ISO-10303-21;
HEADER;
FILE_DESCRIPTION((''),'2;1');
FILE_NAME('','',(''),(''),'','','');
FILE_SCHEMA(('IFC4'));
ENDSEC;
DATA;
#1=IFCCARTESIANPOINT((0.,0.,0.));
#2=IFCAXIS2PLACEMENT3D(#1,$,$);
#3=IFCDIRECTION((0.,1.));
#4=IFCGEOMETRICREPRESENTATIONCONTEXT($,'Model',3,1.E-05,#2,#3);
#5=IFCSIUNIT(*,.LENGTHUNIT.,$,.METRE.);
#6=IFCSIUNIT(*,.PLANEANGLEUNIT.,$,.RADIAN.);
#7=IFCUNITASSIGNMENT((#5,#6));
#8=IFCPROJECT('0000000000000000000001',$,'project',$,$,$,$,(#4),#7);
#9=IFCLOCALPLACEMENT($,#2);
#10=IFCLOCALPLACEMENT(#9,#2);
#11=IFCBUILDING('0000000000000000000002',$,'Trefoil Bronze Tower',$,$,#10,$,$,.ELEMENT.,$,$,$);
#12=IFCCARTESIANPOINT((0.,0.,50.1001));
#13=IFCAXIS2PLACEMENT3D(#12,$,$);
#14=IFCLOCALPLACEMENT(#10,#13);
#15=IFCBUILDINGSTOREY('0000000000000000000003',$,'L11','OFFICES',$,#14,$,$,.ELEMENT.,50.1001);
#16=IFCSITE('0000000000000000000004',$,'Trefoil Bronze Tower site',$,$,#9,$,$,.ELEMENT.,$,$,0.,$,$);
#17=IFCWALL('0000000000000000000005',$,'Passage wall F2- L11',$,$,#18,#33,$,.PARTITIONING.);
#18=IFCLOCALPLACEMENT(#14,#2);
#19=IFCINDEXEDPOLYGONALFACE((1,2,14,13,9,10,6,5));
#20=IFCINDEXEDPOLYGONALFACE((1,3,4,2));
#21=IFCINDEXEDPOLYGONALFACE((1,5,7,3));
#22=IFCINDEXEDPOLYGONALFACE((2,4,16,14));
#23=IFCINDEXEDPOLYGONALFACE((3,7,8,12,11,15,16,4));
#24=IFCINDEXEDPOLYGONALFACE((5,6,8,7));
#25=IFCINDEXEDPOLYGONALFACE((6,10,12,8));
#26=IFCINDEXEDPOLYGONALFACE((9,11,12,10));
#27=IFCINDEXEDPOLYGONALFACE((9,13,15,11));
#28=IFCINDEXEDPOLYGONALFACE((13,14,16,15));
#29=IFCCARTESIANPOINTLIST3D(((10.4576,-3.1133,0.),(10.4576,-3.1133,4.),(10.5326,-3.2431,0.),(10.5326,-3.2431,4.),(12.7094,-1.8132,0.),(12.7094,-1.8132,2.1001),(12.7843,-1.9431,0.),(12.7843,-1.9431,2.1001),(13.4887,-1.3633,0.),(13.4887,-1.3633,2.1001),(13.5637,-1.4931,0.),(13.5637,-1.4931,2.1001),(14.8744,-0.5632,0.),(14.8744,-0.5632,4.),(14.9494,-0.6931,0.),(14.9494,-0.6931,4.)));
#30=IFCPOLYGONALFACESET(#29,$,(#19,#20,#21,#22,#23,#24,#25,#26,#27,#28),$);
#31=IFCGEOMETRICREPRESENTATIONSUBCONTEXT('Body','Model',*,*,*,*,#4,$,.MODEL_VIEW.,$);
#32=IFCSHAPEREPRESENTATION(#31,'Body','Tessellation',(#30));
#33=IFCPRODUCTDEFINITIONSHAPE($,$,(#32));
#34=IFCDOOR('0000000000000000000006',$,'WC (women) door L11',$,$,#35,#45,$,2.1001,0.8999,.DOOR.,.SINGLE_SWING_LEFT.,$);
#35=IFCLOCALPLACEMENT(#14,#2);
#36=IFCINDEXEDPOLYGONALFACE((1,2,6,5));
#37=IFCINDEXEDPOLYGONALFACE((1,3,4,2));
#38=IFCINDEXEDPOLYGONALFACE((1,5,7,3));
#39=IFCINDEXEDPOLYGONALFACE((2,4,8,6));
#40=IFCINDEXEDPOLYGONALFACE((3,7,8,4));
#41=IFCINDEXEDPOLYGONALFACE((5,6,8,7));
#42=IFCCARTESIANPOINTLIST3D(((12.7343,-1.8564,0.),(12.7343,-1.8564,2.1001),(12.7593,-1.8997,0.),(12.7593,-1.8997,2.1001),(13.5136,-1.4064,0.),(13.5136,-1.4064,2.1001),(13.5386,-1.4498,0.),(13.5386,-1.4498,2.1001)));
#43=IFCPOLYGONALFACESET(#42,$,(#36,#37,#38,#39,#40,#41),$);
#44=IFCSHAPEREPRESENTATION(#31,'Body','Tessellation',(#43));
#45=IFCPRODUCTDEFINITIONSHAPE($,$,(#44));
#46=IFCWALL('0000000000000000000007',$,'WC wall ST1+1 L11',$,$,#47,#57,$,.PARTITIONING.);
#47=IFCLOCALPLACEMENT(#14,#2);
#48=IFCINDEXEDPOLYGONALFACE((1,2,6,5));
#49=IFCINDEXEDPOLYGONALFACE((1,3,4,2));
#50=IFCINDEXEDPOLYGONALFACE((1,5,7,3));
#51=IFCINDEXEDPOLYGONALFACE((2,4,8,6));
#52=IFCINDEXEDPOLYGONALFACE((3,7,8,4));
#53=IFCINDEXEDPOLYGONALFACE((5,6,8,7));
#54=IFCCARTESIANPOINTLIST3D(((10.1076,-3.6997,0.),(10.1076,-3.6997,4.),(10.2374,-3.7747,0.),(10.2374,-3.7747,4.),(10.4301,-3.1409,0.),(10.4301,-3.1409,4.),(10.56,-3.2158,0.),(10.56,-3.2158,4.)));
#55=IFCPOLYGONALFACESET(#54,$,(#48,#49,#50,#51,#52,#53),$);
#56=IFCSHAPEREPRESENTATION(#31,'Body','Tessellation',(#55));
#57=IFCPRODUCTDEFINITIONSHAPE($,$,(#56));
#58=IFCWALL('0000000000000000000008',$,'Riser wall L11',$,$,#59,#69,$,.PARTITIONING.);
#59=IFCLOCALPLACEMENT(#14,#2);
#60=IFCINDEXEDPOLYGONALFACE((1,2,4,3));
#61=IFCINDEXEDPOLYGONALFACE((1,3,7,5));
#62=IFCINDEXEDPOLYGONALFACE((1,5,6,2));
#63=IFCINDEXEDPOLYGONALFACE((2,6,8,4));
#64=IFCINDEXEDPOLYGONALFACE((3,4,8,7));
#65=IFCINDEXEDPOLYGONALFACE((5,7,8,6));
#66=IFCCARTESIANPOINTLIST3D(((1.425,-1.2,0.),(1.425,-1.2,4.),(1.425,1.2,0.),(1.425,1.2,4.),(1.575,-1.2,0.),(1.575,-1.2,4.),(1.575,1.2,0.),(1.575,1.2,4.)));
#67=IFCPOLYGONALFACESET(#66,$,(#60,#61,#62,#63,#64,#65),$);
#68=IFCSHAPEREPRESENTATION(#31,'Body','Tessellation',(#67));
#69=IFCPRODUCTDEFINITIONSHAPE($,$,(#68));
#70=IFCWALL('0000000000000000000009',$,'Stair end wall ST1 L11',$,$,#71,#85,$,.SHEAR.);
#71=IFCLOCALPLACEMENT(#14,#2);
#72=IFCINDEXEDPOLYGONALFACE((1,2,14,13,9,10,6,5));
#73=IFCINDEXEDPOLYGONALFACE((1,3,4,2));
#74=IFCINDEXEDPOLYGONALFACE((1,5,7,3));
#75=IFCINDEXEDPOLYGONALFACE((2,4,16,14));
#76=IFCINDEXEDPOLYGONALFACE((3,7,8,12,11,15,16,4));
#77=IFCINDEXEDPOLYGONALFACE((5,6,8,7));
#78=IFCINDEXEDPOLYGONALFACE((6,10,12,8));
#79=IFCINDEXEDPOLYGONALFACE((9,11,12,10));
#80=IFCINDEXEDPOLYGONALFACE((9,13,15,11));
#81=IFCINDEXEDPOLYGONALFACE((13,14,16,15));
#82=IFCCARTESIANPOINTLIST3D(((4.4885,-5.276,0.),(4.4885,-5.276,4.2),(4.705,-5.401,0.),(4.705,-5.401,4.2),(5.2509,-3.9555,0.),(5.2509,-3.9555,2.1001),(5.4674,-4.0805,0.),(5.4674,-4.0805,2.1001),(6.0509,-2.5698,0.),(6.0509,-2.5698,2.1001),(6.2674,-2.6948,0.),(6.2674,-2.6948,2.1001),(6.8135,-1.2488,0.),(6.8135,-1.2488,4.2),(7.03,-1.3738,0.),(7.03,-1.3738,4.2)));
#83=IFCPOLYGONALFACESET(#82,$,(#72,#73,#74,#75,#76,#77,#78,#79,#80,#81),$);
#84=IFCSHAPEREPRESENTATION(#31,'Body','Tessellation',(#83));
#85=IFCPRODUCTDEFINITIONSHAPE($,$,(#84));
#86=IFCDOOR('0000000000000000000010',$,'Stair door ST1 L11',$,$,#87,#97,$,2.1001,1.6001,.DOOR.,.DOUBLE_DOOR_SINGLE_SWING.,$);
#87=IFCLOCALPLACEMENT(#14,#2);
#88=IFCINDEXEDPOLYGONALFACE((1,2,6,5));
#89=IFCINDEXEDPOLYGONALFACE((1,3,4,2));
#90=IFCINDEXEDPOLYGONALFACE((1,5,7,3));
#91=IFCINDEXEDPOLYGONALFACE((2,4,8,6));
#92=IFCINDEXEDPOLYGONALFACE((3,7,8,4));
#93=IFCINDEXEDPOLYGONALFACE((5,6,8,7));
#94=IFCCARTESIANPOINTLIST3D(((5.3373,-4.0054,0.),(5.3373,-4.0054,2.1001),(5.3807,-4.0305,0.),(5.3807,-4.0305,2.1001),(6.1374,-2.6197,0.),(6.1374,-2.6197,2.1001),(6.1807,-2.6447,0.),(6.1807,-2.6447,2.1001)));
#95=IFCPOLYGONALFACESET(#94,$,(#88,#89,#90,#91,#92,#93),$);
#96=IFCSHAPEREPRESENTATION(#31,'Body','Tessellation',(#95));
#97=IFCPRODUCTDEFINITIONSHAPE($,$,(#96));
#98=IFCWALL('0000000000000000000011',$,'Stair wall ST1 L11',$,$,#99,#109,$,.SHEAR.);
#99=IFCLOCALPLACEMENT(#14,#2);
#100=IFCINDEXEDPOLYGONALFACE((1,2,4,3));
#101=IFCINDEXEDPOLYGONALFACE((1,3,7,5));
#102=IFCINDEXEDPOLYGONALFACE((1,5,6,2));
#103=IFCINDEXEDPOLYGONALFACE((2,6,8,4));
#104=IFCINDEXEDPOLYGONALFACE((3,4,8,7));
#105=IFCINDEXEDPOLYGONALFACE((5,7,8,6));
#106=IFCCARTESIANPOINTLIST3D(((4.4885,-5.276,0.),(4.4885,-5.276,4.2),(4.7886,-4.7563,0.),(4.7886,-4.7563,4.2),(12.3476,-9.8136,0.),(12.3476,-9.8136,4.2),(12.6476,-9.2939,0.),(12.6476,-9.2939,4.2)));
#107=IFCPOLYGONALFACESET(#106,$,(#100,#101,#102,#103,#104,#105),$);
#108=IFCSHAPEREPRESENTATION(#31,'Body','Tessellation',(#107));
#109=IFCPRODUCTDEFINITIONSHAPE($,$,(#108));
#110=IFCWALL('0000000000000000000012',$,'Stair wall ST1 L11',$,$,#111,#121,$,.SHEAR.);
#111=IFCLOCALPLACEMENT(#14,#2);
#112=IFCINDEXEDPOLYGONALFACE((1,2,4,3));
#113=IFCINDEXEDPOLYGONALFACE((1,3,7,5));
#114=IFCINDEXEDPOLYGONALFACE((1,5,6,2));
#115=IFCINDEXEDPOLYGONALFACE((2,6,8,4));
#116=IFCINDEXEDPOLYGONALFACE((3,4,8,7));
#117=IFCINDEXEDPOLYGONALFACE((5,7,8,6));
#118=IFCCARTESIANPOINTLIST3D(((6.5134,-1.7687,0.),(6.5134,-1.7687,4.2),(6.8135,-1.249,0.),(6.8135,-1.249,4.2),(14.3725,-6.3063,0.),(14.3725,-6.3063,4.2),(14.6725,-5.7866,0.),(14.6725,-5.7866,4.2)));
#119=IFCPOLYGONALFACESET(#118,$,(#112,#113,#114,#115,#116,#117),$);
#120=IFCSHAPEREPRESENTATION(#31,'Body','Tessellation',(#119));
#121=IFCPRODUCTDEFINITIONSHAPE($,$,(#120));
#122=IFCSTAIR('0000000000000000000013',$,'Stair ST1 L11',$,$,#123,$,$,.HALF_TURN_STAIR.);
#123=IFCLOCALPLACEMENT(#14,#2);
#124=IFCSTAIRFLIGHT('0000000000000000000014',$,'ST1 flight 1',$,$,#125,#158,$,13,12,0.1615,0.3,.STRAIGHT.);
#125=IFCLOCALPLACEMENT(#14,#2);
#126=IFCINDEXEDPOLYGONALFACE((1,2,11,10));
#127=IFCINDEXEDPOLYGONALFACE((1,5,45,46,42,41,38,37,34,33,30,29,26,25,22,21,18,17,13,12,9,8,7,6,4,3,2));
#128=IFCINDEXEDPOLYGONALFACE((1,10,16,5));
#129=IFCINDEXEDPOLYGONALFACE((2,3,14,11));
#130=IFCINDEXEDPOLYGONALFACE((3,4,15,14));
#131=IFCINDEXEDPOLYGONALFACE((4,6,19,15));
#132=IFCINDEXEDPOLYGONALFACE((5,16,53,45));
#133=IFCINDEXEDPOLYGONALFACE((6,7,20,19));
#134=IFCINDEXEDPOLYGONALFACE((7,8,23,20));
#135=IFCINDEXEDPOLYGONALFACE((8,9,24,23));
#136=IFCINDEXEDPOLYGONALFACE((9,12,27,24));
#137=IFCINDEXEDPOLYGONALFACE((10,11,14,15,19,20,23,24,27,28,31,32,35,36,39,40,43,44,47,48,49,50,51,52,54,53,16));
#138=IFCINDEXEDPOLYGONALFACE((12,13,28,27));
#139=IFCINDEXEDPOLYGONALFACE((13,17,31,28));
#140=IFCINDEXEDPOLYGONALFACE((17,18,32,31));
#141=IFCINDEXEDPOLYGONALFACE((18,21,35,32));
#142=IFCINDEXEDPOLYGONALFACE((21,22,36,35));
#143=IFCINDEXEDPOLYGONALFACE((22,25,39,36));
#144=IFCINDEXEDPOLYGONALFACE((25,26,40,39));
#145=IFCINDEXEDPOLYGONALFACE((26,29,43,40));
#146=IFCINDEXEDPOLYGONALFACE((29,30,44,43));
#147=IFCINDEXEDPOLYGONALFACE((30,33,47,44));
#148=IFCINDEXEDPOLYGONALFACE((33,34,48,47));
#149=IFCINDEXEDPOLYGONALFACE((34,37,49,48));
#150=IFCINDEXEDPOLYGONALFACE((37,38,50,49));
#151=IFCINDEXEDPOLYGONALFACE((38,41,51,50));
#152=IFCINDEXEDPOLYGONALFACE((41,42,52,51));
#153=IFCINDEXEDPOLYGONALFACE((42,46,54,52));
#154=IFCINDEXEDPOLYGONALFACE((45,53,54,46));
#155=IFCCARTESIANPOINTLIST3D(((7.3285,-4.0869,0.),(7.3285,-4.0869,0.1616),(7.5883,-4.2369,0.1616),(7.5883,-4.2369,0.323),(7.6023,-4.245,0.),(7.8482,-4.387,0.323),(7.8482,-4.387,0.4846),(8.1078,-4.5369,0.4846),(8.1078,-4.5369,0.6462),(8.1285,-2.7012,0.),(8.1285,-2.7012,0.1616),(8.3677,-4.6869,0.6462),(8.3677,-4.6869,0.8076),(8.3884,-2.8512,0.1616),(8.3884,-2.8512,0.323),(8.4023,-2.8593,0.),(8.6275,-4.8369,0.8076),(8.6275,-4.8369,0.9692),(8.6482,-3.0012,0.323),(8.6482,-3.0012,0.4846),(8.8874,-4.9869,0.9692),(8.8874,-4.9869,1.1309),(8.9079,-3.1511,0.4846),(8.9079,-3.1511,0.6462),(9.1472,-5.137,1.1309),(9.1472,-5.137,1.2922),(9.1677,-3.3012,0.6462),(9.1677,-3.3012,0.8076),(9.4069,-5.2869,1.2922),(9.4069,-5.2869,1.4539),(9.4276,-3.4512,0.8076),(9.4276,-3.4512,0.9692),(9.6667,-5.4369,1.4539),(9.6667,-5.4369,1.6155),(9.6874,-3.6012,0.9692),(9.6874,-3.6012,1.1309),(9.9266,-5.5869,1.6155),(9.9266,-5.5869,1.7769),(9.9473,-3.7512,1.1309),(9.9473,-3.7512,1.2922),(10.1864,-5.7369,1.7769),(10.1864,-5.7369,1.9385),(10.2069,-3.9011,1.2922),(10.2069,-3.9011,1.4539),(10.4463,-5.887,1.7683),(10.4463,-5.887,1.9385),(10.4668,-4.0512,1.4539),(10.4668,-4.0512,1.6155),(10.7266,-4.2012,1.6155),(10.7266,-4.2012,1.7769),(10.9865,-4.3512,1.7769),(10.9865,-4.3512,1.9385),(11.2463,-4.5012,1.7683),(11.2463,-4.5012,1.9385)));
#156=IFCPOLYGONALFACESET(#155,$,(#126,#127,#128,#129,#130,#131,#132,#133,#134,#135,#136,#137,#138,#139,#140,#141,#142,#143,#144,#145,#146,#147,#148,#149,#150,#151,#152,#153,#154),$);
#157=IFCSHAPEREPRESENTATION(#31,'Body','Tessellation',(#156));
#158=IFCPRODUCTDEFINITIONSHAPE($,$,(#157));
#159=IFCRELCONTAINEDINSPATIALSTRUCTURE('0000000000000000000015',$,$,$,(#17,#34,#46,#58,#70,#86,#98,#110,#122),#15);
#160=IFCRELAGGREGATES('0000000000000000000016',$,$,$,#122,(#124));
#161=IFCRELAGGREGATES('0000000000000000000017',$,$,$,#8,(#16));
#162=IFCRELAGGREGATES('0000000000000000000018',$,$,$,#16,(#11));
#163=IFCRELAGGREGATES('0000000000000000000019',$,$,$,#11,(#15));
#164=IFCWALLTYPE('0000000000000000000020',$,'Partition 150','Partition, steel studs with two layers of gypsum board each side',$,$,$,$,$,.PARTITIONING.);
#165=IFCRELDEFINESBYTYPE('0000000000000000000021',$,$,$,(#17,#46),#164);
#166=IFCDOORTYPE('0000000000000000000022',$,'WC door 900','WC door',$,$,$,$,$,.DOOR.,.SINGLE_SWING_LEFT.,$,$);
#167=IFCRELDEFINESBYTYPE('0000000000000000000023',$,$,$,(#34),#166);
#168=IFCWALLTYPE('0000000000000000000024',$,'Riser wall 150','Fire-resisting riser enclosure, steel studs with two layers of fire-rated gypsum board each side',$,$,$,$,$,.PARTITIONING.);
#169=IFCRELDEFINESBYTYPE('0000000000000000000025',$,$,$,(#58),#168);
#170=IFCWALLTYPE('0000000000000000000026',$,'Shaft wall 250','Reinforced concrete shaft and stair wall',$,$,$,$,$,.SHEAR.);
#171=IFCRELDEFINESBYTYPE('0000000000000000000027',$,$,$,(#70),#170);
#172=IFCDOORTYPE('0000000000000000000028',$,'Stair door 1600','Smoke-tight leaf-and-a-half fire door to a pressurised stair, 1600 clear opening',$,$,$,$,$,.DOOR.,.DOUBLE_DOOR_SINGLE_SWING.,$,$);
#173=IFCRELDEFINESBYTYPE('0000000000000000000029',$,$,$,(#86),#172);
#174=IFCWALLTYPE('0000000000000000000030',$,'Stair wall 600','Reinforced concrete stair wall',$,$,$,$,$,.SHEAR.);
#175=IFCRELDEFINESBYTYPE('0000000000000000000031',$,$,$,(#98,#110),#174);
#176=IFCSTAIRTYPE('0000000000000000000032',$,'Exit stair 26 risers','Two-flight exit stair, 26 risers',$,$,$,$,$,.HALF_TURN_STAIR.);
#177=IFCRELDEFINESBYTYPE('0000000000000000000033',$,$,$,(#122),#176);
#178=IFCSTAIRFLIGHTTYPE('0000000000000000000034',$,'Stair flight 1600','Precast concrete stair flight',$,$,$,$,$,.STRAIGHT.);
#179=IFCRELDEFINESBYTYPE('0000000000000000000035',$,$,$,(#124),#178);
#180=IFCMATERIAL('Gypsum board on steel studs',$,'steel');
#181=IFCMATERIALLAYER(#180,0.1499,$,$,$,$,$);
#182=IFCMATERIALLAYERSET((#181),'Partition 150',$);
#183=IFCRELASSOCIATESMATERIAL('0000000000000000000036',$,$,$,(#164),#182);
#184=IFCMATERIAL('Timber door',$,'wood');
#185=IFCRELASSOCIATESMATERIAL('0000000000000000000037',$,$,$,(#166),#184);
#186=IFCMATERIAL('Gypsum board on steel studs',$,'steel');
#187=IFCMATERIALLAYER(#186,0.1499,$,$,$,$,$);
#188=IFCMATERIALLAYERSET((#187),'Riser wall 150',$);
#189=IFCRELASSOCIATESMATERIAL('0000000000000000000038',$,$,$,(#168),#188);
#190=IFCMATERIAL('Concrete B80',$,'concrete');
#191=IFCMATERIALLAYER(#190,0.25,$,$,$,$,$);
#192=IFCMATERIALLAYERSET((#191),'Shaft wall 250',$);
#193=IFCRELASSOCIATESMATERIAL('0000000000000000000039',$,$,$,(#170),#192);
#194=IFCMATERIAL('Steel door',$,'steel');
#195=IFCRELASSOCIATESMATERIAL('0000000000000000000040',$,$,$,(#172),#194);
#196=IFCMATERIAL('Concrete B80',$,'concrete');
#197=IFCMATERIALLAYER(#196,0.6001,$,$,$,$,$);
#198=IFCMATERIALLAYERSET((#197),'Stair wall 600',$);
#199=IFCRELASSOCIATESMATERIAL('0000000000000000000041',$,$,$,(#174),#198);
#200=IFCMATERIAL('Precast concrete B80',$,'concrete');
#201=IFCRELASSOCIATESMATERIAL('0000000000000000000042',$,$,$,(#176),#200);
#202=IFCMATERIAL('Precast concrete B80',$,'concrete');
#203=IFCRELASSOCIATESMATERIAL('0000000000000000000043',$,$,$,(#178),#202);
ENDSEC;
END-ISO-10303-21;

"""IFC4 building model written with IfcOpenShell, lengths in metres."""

from ifc_helpers import new_model, si_unit, direction, frame, frame_2d, origin, place, context, subcontext, project, spatial, polyline, rectangle, outline, extrude, material, layer, layer_set, type_object, element, fill, aggregate, save


model = new_model("IFC4")

# Units and contexts
model_context = context("Model", 3, precision=1e-05, world=origin(), true_north=direction((0.0, 1.0)))
body_context = subcontext(model_context, "Body", "Model", "MODEL_VIEW")
ifc_project = project(units=[si_unit("LENGTHUNIT", "METRE"), si_unit("PLANEANGLEUNIT", "RADIAN")], contexts=[model_context])

# Site, building, storey
site_placement = place(None, origin())
site = spatial("IfcSite", under=ifc_project, at=site_placement, Name="Trefoil Bronze Tower site", CompositionType="ELEMENT", RefElevation=0.0)
building_placement = place(site_placement, origin())
building = spatial("IfcBuilding", under=site, at=building_placement, Name="Trefoil Bronze Tower", CompositionType="ELEMENT")
storey_placement = place(building_placement, frame((0.0, 0.0, 50.1001)))
storey = spatial("IfcBuildingStorey", under=building, at=storey_placement, Name="L11", Description="OFFICES", CompositionType="ELEMENT", Elevation=50.1001)

# Wall, opening, door
ifc_material_1 = material(Name="Gypsum board on steel studs", Category="steel")
ifc_layer_1 = layer(ifc_material_1, 0.1499)
ifc_layer_set_1 = layer_set([ifc_layer_1], Name="Partition 150")
wall_type_1 = type_object("IfcWallType", Name="Partition 150", Description="Partition, steel studs with two layers of gypsum board each side", PredefinedType="PARTITIONING", material=ifc_layer_set_1)
wall_1_placement = place(storey_placement, frame((10.4951, -3.1782, 0.0), z_axis=(0.0, 0.0, 1.0), x_axis=(0.866022, 0.500006, 0.0)))
wall_1 = element("IfcWall", 1, at=wall_1_placement, inside=storey, type_object=wall_type_1, Name="Passage wall F2- L11", PredefinedType="PARTITIONING", context=body_context, shape_type="SweptSolid", body=[
    extrude(rectangle(XDim=5.1001, YDim=0.1499, at=frame_2d((2.55, 0.0))), origin(), (0.0, 0.0, 1.0), 4.0),
])
opening_1_placement = place(wall_1_placement, frame((2.6001, 0.0, 0.0)))
opening_1 = element("IfcOpeningElement", 2, at=opening_1_placement, cuts=wall_1, PredefinedType="OPENING", context=body_context, shape_type="SweptSolid", body=[
    extrude(rectangle(XDim=0.8999, YDim=2.1001, at=frame_2d((0.45, 1.05))), frame((0.0, 0.085, 0.0), z_axis=(0.0, -1.0, 0.0), x_axis=(1.0, 0.0, 0.0)), (0.0, 0.0, 1.0), 0.1699),
])
ifc_material_2 = material(Name="Timber door", Category="wood")
door_type_1 = type_object("IfcDoorType", Name="WC door 900", Description="WC door", OperationType="SINGLE_SWING_LEFT", PredefinedType="DOOR", material=ifc_material_2)
door_1_placement = place(opening_1_placement, frame((0.8999, 0.0, 0.0), z_axis=(0.0, 0.0, 1.0), x_axis=(-1.0, 0.0, 0.0)))
door_1 = element("IfcDoor", 3, at=door_1_placement, inside=storey, type_object=door_type_1, Name="WC (women) door L11", OperationType="SINGLE_SWING_LEFT", OverallHeight=2.1001, OverallWidth=0.8999, PredefinedType="DOOR", context=body_context, shape_type="SweptSolid", body=[
    extrude(rectangle(XDim=0.8999, YDim=2.1001, at=frame_2d((0.45, 1.05))), frame((0.0, 0.0249, 0.0), z_axis=(0.0, -1.0, 0.0), x_axis=(1.0, 0.0, 0.0)), (0.0, 0.0, 1.0), 0.05),
])
fill(opening_1, door_1)

# Walls
wall_2_placement = place(storey_placement, frame((10.4951, -3.1782, 0.0), z_axis=(0.0, 0.0, 1.0), x_axis=(-0.499843, -0.866116, 0.0)))
element("IfcWall", 4, at=wall_2_placement, inside=storey, type_object=wall_type_1, Name="WC wall ST1+1 L11", PredefinedType="PARTITIONING", context=body_context, shape_type="SweptSolid", body=[
    extrude(rectangle(XDim=0.6453, YDim=0.1499, at=frame_2d((0.3228, 0.0))), origin(), (0.0, 0.0, 1.0), 4.0),
])
ifc_material_3 = material(Name="Gypsum board on steel studs", Category="steel")
ifc_layer_2 = layer(ifc_material_3, 0.1499)
ifc_layer_set_2 = layer_set([ifc_layer_2], Name="Riser wall 150")
wall_type_2 = type_object("IfcWallType", Name="Riser wall 150", Description="Fire-resisting riser enclosure, steel studs with two layers of fire-rated gypsum board each side", PredefinedType="PARTITIONING", material=ifc_layer_set_2)
wall_3_placement = place(storey_placement, frame((1.5, -1.2, 0.0), z_axis=(0.0, 0.0, 1.0), x_axis=(0.0, 1.0, 0.0)))
element("IfcWall", 5, at=wall_3_placement, inside=storey, type_object=wall_type_2, Name="Riser wall L11", PredefinedType="PARTITIONING", context=body_context, shape_type="SweptSolid", body=[
    extrude(rectangle(XDim=2.3999, YDim=0.1499, at=frame_2d((1.2, 0.0))), origin(), (0.0, 0.0, 1.0), 4.0),
])

# Wall, opening, door
ifc_material_4 = material(Name="Concrete B80", Category="concrete")
ifc_layer_3 = layer(ifc_material_4, 0.25)
ifc_layer_set_3 = layer_set([ifc_layer_3], Name="Shaft wall 250")
wall_type_3 = type_object("IfcWallType", Name="Shaft wall 250", Description="Reinforced concrete shaft and stair wall", PredefinedType="SHEAR", material=ifc_layer_set_3)
wall_4_placement = place(storey_placement, frame((4.5967, -5.3386, 0.0), z_axis=(0.0, 0.0, 1.0), x_axis=(0.499985, 0.866034, 0.0)))
wall_4 = element("IfcWall", 6, at=wall_4_placement, inside=storey, type_object=wall_type_3, Name="Stair end wall ST1 L11", PredefinedType="SHEAR", context=body_context, shape_type="SweptSolid", body=[
    extrude(rectangle(XDim=4.6501, YDim=0.25, at=frame_2d((2.3252, 0.0))), origin(), (0.0, 0.0, 1.0), 4.2),
])
opening_2_placement = place(wall_4_placement, frame((1.5249, 0.0, 0.0)))
opening_2 = element("IfcOpeningElement", 7, at=opening_2_placement, cuts=wall_4, PredefinedType="OPENING", context=body_context, shape_type="SweptSolid", body=[
    extrude(rectangle(XDim=1.6001, YDim=2.1001, at=frame_2d((0.8, 1.05))), frame((0.0, 0.135, 0.0), z_axis=(0.0, -1.0, 0.0), x_axis=(1.0, 0.0, 0.0)), (0.0, 0.0, 1.0), 0.27),
])
ifc_material_5 = material(Name="Steel door", Category="steel")
door_type_2 = type_object("IfcDoorType", Name="Stair door 1600", Description="Smoke-tight leaf-and-a-half fire door to a pressurised stair, 1600 clear opening", OperationType="DOUBLE_DOOR_SINGLE_SWING", PredefinedType="DOOR", material=ifc_material_5)
door_2_placement = place(opening_2_placement, frame((1.6001, 0.0, 0.0), z_axis=(0.0, 0.0, 1.0), x_axis=(-1.0, 0.0, 0.0)))
door_2 = element("IfcDoor", 8, at=door_2_placement, inside=storey, type_object=door_type_2, Name="Stair door ST1 L11", OperationType="DOUBLE_DOOR_SINGLE_SWING", OverallHeight=2.1001, OverallWidth=1.6001, PredefinedType="DOOR", context=body_context, shape_type="SweptSolid", body=[
    extrude(rectangle(XDim=1.6001, YDim=2.1001, at=frame_2d((0.8, 1.05))), frame((0.0, 0.0249, 0.0), z_axis=(0.0, -1.0, 0.0), x_axis=(1.0, 0.0, 0.0)), (0.0, 0.0, 1.0), 0.05),
])
fill(opening_2, door_2)

# Walls
ifc_material_6 = material(Name="Concrete B80", Category="concrete")
ifc_layer_4 = layer(ifc_material_6, 0.6001)
ifc_layer_set_4 = layer_set([ifc_layer_4], Name="Stair wall 600")
wall_type_4 = type_object("IfcWallType", Name="Stair wall 600", Description="Reinforced concrete stair wall", PredefinedType="SHEAR", material=ifc_layer_set_4)
for number, where, z_axis, x_axis, name in (
    (9, (4.6384, -5.0161, 0.0), (0.0, 0.0, 1.0), (0.866019, -0.50001, 0.0), "Stair wall ST1 L11"),
    (10, (6.6633, -1.5088, 0.0), (0.0, 0.0, 1.0), (0.866019, -0.50001, 0.0), "Stair wall ST1 L11"),
):
    element("IfcWall", number, at=place(storey_placement, frame(where, z_axis=z_axis, x_axis=x_axis)), inside=storey, type_object=wall_type_4, Name=name, PredefinedType="SHEAR", context=body_context, shape_type="SweptSolid", body=[
        extrude(rectangle(XDim=9.075, YDim=0.6001, at=frame_2d((4.5376, 0.0))), origin(), (0.0, 0.0, 1.0), 4.2),
    ])

# Stair, stair flight
ifc_material_7 = material(Name="Precast concrete B80", Category="concrete")
stair_type = type_object("IfcStairType", Name="Exit stair 26 risers", Description="Two-flight exit stair, 26 risers", PredefinedType="HALF_TURN_STAIR", material=ifc_material_7)
stair_placement = place(storey_placement, origin())
stair = element("IfcStair", 11, at=stair_placement, inside=storey, type_object=stair_type, Name="Stair ST1 L11", PredefinedType="HALF_TURN_STAIR")
ifc_material_8 = material(Name="Precast concrete B80", Category="concrete")
stair_flight_type = type_object("IfcStairFlightType", Name="Stair flight 1600", Description="Precast concrete stair flight", PredefinedType="STRAIGHT", material=ifc_material_8)
stair_flight_1_placement = place(storey_placement, frame((7.7285, -3.394, 0.0), z_axis=(0.0, 0.0, 1.0), x_axis=(0.866025, -0.5, 0.0)))
stair_flight_1 = element("IfcStairFlight", 12, at=stair_flight_1_placement, type_object=stair_flight_type, Name="ST1 flight 1", NumberOfRisers=13, NumberOfTreads=12, PredefinedType="STRAIGHT", RiserHeight=0.1615, TreadLength=0.3, context=body_context, shape_type="SweptSolid", body=[
    extrude(outline(polyline([(0.0, 0.0), (0.0, 0.1616), (0.3, 0.1616), (0.3, 0.323), (0.6001, 0.323), (0.6001, 0.4846), (0.8999, 0.4846), (0.8999, 0.6462), (1.2, 0.6462), (1.2, 0.8076), (1.5, 0.8076), (1.5, 0.9692), (1.8, 0.9692), (1.8, 1.1309), (2.1001, 1.1309), (2.1001, 1.2922), (2.3999, 1.2922), (2.3999, 1.4539), (2.7, 1.4539), (2.7, 1.6155), (3.0, 1.6155), (3.0, 1.7769), (3.3, 1.7769), (3.3, 1.9385), (3.6001, 1.9385), (3.6001, 2.1001), (3.6001, 1.7683), (0.3162, 0.0), (0.0, 0.0)])), frame((0.0, 0.8, 0.0), z_axis=(0.0, -1.0, 0.0), x_axis=(1.0, 0.0, 0.0)), (0.0, 0.0, 1.0), 1.6001),
])
aggregate(stair, [stair_flight_1])

save(model, "model.ifc")
